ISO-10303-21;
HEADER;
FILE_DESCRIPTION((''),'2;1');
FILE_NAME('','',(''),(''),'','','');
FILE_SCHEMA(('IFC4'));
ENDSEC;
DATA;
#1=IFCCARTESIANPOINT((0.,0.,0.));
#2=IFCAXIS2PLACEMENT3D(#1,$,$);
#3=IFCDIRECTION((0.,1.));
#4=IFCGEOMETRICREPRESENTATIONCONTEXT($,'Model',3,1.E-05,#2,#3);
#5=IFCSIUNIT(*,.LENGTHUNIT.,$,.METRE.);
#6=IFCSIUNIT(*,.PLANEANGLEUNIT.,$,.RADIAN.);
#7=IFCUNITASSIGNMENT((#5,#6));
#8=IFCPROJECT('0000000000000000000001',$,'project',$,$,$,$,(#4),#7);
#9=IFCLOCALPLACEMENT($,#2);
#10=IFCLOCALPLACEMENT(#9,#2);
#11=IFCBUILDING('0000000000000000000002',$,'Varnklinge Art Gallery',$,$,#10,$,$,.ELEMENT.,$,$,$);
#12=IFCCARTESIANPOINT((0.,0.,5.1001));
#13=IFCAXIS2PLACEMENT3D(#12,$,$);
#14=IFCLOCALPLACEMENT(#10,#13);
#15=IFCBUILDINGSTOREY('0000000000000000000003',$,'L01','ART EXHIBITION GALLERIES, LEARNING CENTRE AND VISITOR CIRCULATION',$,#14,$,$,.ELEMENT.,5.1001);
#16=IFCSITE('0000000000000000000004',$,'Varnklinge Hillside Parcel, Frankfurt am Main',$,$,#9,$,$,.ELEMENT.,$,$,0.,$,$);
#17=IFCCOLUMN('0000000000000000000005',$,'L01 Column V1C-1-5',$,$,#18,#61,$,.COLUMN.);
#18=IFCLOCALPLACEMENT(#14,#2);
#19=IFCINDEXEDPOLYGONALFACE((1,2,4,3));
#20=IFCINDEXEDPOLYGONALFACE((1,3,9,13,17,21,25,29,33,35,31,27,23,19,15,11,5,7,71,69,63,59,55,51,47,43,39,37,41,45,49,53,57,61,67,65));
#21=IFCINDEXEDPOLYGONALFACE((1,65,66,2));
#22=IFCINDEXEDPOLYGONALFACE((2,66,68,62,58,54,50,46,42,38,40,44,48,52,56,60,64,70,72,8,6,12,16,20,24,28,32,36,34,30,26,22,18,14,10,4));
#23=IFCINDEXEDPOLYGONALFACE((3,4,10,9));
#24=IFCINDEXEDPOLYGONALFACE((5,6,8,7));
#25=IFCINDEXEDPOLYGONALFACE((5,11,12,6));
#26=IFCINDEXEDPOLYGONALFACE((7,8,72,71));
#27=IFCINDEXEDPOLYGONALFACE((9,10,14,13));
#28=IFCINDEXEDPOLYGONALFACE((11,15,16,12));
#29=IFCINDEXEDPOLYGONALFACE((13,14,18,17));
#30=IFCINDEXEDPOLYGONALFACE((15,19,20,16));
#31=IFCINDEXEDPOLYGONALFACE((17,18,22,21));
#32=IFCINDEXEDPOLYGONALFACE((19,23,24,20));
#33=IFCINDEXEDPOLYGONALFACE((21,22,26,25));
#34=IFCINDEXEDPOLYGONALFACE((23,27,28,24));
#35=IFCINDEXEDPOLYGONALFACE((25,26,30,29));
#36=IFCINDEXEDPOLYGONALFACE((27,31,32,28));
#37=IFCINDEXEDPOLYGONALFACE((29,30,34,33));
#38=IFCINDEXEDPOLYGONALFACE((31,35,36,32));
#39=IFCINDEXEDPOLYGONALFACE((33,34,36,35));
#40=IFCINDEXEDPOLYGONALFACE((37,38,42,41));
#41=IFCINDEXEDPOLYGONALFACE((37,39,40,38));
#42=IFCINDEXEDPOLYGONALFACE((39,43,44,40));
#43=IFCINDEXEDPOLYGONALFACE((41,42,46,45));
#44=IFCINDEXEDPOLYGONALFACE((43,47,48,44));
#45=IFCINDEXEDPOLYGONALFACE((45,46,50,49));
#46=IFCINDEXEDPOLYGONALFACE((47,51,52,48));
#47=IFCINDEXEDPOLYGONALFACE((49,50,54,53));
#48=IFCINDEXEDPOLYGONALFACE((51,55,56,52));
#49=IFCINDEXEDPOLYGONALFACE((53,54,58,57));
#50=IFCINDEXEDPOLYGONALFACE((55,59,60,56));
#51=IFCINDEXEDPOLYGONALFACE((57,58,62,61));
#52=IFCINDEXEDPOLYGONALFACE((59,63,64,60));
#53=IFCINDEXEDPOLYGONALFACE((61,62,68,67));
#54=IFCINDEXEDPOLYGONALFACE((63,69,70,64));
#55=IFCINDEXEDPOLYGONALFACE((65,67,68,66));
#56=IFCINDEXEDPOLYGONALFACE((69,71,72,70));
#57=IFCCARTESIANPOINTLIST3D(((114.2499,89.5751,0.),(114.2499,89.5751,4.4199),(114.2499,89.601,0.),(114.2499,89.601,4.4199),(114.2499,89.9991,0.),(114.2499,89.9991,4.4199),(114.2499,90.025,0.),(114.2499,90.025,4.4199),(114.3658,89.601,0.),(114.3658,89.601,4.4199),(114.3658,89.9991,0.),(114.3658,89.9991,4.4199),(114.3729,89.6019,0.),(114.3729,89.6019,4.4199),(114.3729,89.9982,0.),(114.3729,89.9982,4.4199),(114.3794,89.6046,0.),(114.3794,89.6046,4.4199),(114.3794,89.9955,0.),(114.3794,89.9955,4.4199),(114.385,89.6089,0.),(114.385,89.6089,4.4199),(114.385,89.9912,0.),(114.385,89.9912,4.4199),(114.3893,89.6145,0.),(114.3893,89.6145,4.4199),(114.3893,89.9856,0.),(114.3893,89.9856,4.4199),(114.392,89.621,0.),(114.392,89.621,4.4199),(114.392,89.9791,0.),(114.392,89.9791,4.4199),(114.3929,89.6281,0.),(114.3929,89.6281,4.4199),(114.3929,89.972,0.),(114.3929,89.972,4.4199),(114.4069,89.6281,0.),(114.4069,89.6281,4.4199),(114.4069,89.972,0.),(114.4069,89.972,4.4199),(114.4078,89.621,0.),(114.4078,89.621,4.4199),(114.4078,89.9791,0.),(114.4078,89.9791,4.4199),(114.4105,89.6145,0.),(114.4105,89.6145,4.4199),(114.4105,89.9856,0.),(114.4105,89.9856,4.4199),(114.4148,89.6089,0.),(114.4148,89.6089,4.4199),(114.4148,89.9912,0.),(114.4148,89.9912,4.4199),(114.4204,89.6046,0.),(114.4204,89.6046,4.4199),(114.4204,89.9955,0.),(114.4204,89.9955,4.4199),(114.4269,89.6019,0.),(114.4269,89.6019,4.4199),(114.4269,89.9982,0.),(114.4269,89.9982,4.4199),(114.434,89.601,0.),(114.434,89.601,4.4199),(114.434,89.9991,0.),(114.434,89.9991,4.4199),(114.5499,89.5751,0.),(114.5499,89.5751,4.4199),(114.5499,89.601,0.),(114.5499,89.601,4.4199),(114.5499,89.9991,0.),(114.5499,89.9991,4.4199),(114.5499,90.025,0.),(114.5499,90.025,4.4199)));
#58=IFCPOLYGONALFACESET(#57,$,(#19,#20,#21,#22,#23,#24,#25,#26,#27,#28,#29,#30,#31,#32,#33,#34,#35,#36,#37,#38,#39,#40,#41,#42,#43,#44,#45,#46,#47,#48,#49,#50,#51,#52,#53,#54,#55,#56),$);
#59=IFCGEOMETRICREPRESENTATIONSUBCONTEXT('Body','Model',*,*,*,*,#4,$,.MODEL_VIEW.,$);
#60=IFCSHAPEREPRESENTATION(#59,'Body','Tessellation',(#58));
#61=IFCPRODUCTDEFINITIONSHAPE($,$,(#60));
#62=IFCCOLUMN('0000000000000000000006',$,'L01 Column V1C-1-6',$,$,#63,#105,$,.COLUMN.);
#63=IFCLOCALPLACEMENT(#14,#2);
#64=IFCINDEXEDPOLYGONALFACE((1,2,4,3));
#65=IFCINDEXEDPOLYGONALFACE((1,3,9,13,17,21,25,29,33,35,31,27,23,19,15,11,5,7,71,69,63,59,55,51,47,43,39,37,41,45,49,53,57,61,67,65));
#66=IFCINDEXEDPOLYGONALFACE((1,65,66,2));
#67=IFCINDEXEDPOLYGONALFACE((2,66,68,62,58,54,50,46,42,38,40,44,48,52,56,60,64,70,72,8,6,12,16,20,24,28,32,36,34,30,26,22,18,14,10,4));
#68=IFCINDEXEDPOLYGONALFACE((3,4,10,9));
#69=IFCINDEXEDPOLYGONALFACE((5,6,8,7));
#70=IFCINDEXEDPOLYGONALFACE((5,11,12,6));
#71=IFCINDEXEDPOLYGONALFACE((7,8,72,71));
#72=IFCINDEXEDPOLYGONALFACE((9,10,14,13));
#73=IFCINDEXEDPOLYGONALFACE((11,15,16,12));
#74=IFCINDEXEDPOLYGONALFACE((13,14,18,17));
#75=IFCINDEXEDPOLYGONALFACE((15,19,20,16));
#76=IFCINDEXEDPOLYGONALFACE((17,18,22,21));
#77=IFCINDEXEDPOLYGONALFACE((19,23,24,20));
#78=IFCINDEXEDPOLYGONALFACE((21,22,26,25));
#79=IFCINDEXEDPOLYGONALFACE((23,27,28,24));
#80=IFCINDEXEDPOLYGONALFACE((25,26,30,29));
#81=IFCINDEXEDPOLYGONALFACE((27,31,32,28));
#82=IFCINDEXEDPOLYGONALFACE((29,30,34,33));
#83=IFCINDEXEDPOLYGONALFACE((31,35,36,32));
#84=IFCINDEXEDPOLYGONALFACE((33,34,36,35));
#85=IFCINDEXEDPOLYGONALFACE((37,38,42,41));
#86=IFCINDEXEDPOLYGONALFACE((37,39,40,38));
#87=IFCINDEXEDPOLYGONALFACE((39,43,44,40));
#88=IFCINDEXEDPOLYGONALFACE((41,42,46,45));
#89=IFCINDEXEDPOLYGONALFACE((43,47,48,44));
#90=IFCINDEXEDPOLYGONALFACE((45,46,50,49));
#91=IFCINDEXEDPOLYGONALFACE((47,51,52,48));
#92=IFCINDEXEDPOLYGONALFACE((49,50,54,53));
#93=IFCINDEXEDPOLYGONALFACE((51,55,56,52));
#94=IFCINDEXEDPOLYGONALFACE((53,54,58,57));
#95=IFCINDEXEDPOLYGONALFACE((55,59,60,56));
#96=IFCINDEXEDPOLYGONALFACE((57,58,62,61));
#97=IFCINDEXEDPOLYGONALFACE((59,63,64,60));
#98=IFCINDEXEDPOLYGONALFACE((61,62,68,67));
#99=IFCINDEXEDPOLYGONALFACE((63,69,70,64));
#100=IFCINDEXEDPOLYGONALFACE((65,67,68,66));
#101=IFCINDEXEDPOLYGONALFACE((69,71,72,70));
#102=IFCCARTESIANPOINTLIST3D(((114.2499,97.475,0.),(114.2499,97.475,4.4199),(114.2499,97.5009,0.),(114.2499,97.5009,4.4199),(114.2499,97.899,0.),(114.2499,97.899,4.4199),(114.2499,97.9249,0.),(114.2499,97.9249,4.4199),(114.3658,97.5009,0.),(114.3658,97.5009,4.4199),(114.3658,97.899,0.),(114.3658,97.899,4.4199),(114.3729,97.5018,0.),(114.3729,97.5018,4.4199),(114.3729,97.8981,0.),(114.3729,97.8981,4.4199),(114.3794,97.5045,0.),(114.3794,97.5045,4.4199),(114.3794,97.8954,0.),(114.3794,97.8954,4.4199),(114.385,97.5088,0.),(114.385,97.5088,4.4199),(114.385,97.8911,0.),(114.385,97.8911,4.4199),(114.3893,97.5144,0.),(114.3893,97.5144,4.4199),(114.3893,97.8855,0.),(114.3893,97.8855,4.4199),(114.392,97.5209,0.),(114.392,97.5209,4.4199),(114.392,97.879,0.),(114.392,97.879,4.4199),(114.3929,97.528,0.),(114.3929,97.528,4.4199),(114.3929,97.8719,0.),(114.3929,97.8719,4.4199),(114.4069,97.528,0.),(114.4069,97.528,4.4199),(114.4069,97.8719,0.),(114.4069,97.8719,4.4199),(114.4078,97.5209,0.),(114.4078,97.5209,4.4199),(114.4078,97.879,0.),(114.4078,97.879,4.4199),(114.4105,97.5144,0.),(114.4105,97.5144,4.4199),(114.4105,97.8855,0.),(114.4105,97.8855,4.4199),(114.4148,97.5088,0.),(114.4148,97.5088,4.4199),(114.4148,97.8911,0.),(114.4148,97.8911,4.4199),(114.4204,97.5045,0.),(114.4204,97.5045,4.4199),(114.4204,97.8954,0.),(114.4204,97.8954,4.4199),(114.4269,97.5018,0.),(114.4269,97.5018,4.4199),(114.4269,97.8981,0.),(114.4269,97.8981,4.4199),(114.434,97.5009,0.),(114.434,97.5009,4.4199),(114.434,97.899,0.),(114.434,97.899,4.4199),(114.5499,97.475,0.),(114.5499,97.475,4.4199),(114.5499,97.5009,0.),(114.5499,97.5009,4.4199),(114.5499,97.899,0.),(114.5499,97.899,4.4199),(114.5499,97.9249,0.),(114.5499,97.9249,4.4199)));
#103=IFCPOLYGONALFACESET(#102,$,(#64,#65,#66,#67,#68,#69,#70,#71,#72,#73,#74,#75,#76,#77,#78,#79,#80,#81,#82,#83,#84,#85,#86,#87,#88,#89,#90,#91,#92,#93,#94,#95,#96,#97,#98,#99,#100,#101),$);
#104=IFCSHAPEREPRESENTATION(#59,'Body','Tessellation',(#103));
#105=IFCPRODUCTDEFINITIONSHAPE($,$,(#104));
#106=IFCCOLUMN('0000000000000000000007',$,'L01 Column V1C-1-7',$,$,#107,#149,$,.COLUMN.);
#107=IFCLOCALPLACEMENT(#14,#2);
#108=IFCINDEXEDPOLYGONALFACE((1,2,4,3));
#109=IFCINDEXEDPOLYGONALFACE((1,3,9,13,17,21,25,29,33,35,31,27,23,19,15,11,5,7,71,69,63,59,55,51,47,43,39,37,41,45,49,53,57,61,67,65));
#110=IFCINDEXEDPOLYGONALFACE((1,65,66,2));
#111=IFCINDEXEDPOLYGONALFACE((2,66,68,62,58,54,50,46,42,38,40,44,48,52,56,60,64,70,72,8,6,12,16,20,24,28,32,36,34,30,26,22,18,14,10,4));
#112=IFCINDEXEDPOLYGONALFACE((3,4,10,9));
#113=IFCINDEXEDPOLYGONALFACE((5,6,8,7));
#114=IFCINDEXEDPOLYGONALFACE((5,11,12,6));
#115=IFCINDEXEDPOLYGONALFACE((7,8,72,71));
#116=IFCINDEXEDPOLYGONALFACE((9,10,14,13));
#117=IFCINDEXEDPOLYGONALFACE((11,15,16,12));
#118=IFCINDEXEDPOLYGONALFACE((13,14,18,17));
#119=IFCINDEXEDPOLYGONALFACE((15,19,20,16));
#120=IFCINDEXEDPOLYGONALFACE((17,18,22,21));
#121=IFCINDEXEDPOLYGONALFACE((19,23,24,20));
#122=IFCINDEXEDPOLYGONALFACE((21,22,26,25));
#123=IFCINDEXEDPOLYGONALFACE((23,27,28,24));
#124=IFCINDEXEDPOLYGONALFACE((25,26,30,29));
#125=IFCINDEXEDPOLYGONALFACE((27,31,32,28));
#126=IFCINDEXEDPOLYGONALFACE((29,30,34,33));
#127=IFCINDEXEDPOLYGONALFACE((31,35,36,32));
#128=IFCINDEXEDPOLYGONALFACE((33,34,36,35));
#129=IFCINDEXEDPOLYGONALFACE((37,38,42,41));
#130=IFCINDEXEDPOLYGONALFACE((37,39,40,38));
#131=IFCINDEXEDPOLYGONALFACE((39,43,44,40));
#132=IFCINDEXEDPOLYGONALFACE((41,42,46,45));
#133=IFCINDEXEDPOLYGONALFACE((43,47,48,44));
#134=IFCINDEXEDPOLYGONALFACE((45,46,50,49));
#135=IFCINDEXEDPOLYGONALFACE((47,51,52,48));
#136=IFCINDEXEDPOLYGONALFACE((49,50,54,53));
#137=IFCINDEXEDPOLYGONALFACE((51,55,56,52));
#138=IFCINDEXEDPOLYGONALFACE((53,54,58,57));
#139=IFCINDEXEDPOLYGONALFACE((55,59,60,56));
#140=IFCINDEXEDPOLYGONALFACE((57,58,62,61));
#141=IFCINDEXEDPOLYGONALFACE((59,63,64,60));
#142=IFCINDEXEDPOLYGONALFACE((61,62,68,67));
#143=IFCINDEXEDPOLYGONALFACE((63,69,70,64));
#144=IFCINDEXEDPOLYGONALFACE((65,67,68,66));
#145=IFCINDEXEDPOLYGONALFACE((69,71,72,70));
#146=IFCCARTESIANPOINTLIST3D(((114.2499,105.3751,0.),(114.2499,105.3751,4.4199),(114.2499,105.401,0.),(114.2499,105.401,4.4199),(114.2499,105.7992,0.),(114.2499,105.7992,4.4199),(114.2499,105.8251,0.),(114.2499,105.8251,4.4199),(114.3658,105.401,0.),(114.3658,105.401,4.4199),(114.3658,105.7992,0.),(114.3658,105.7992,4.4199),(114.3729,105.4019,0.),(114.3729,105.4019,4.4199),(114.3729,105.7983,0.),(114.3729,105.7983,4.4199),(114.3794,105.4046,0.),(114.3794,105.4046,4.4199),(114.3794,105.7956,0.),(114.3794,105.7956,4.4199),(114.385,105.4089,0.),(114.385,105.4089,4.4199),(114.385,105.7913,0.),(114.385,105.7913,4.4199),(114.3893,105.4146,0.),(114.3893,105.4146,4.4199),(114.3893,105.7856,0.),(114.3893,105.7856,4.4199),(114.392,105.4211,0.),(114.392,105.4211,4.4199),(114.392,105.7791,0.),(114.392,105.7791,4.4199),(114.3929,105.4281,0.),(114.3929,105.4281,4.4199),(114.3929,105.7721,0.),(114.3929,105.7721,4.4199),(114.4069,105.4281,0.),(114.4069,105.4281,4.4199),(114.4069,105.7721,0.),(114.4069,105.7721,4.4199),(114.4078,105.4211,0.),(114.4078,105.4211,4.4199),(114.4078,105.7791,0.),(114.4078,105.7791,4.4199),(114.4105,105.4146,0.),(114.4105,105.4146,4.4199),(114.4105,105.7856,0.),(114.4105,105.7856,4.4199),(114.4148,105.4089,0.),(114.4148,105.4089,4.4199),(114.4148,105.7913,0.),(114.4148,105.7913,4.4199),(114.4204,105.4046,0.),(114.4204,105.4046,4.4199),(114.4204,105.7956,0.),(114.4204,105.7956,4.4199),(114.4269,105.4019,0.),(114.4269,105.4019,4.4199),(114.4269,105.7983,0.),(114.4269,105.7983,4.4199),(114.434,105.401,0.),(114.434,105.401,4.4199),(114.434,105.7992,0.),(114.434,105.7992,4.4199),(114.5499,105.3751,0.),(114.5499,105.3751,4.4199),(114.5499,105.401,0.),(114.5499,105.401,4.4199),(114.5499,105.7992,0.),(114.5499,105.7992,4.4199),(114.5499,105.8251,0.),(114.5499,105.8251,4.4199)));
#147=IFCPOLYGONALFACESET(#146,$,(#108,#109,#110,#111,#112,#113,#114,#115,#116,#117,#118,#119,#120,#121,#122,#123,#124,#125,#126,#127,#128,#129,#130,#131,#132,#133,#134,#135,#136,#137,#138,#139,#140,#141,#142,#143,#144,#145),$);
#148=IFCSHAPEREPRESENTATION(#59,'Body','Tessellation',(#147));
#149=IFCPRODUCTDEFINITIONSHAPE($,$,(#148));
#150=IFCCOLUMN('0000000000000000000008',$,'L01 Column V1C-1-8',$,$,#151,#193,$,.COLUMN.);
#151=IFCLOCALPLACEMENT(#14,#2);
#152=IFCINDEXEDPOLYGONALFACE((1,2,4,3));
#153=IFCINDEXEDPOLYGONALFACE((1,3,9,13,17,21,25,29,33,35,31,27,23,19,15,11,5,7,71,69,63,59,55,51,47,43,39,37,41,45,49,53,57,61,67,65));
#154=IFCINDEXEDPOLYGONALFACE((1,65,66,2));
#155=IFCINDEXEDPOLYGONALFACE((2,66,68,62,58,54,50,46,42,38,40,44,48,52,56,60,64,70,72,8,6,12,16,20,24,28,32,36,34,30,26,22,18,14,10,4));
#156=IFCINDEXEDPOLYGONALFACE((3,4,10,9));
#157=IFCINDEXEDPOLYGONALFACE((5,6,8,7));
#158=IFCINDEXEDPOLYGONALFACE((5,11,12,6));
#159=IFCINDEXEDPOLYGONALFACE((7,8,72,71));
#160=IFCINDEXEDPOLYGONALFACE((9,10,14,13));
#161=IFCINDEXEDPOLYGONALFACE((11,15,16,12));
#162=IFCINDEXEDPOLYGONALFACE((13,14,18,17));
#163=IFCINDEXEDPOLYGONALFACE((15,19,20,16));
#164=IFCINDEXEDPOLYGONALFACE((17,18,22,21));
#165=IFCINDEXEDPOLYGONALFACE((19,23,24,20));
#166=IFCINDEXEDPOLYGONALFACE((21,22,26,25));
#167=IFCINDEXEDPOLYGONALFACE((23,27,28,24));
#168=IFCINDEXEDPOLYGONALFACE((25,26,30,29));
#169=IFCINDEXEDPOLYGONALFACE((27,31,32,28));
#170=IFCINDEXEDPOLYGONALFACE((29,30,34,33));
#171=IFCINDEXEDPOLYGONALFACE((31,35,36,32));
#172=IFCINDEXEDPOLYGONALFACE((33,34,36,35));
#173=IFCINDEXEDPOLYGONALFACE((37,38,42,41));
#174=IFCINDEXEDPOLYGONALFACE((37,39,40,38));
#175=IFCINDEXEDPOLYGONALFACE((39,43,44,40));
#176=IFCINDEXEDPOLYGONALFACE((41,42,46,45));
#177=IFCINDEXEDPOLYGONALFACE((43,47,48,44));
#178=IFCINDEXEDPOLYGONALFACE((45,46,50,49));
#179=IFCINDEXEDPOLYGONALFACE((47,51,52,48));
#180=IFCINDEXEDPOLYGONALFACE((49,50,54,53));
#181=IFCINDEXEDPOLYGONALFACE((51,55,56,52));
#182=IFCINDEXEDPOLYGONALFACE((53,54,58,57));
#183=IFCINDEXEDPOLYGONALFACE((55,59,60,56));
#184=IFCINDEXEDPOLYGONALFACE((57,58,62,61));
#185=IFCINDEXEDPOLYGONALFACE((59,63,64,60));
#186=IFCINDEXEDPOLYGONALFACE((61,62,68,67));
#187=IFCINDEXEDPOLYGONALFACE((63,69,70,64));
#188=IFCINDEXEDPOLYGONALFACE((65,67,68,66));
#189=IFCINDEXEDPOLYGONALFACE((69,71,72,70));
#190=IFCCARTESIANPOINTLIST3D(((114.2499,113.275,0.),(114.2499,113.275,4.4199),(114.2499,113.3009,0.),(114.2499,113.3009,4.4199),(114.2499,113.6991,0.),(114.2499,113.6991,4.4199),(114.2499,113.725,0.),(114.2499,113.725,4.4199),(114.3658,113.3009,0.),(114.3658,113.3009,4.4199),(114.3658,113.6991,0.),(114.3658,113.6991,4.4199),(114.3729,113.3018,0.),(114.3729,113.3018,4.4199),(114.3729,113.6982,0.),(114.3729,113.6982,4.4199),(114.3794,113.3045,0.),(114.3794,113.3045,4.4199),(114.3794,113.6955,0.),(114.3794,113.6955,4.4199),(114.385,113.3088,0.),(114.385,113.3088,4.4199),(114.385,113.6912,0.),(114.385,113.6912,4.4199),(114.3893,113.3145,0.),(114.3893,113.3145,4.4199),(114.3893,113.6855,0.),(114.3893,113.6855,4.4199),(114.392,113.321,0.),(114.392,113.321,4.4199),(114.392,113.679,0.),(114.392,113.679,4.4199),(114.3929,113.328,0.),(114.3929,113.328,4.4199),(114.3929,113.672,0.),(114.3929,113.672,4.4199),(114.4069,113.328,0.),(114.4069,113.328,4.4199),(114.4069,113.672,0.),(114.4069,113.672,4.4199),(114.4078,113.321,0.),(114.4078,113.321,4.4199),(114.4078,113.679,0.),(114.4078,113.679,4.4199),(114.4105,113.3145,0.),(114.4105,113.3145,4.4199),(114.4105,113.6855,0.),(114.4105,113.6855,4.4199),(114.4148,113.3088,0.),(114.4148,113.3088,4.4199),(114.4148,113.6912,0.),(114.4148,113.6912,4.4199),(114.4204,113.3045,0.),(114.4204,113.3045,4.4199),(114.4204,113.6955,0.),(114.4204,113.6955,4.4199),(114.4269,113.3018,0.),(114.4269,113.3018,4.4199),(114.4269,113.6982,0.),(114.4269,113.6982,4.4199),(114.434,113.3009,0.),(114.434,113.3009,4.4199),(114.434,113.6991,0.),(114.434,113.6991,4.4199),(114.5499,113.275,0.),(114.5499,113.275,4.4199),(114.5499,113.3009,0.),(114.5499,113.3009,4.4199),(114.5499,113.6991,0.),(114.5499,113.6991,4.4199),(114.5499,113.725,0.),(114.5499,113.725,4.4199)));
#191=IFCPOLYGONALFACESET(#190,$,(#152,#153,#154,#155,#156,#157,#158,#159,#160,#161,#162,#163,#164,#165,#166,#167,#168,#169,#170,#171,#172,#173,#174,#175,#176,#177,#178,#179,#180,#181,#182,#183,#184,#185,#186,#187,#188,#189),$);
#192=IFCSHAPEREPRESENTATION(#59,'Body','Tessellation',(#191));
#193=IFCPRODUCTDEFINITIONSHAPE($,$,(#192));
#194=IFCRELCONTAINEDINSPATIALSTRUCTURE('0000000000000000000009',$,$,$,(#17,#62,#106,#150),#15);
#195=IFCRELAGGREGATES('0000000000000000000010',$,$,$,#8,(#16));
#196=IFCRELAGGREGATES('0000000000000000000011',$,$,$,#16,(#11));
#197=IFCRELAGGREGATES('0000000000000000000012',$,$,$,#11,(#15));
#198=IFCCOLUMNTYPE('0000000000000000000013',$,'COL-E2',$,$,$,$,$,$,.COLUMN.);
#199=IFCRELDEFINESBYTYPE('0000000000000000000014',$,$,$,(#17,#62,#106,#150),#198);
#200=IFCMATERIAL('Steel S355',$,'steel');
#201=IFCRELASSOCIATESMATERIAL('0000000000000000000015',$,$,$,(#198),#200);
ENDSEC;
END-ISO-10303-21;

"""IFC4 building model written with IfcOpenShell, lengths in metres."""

from ifc_helpers import new_model, si_unit, direction, frame, origin, origin_2d, place, context, subcontext, project, spatial, i_section, extrude, material, material_profile, profile_set, type_object, element, save


model = new_model("IFC4")

# Units and contexts
model_context = context("Model", 3, precision=1e-05, world=origin(), true_north=direction((0.0, 1.0)))
body_context = subcontext(model_context, "Body", "Model", "MODEL_VIEW")
ifc_project = project(units=[si_unit("LENGTHUNIT", "METRE"), si_unit("PLANEANGLEUNIT", "RADIAN")], contexts=[model_context])

# Site, building, storey
site_placement = place(None, origin())
site = spatial("IfcSite", under=ifc_project, at=site_placement, Name="Varnklinge Hillside Parcel, Frankfurt am Main", CompositionType="ELEMENT", RefElevation=0.0)
building_placement = place(site_placement, origin())
building = spatial("IfcBuilding", under=site, at=building_placement, Name="Varnklinge Art Gallery", CompositionType="ELEMENT")
storey_placement = place(building_placement, frame((0.0, 0.0, 5.1001)))
storey = spatial("IfcBuildingStorey", under=building, at=storey_placement, Name="L01", Description="ART EXHIBITION GALLERIES, LEARNING CENTRE AND VISITOR CIRCULATION", CompositionType="ELEMENT", Elevation=5.1001)

# Columns
ifc_material_1 = material(Name="Steel S355", Category="steel")
ifc_material_profile_1 = material_profile(ifc_material_1, i_section(OverallWidth=0.3, OverallDepth=0.45, WebThickness=0.0139, FlangeThickness=0.0259, FilletRadius=0.0271, at=origin_2d()), Name="HEB 450")
ifc_profile_set_1 = profile_set([ifc_material_profile_1], Name="Steel S355")
column_type = type_object("IfcColumnType", Name="COL-E2", PredefinedType="COLUMN", material=ifc_profile_set_1)
for number, where, z_axis, x_axis, name in (
    (1, (114.3999, 89.8, 0.0), (0.0, 0.0, 1.0), (1.0, 0.0, 0.0), "L01 Column V1C-1-5"),
    (2, (114.3999, 97.7, 0.0), (0.0, 0.0, 1.0), (1.0, 0.0, 0.0), "L01 Column V1C-1-6"),
    (3, (114.3999, 105.6001, 0.0), (0.0, 0.0, 1.0), (1.0, 0.0, 0.0), "L01 Column V1C-1-7"),
    (4, (114.3999, 113.5, 0.0), (0.0, 0.0, 1.0), (1.0, 0.0, 0.0), "L01 Column V1C-1-8"),
):
    element("IfcColumn", number, at=place(storey_placement, frame(where, z_axis=z_axis, x_axis=x_axis)), inside=storey, type_object=column_type, Name=name, PredefinedType="COLUMN", context=body_context, shape_type="SweptSolid", body=[
        extrude(i_section(OverallWidth=0.3, OverallDepth=0.45, WebThickness=0.0139, FlangeThickness=0.0259, FilletRadius=0.0271, at=origin_2d()), origin(), (0.0, 0.0, 1.0), 4.4199),
    ])

save(model, "model.ifc")
